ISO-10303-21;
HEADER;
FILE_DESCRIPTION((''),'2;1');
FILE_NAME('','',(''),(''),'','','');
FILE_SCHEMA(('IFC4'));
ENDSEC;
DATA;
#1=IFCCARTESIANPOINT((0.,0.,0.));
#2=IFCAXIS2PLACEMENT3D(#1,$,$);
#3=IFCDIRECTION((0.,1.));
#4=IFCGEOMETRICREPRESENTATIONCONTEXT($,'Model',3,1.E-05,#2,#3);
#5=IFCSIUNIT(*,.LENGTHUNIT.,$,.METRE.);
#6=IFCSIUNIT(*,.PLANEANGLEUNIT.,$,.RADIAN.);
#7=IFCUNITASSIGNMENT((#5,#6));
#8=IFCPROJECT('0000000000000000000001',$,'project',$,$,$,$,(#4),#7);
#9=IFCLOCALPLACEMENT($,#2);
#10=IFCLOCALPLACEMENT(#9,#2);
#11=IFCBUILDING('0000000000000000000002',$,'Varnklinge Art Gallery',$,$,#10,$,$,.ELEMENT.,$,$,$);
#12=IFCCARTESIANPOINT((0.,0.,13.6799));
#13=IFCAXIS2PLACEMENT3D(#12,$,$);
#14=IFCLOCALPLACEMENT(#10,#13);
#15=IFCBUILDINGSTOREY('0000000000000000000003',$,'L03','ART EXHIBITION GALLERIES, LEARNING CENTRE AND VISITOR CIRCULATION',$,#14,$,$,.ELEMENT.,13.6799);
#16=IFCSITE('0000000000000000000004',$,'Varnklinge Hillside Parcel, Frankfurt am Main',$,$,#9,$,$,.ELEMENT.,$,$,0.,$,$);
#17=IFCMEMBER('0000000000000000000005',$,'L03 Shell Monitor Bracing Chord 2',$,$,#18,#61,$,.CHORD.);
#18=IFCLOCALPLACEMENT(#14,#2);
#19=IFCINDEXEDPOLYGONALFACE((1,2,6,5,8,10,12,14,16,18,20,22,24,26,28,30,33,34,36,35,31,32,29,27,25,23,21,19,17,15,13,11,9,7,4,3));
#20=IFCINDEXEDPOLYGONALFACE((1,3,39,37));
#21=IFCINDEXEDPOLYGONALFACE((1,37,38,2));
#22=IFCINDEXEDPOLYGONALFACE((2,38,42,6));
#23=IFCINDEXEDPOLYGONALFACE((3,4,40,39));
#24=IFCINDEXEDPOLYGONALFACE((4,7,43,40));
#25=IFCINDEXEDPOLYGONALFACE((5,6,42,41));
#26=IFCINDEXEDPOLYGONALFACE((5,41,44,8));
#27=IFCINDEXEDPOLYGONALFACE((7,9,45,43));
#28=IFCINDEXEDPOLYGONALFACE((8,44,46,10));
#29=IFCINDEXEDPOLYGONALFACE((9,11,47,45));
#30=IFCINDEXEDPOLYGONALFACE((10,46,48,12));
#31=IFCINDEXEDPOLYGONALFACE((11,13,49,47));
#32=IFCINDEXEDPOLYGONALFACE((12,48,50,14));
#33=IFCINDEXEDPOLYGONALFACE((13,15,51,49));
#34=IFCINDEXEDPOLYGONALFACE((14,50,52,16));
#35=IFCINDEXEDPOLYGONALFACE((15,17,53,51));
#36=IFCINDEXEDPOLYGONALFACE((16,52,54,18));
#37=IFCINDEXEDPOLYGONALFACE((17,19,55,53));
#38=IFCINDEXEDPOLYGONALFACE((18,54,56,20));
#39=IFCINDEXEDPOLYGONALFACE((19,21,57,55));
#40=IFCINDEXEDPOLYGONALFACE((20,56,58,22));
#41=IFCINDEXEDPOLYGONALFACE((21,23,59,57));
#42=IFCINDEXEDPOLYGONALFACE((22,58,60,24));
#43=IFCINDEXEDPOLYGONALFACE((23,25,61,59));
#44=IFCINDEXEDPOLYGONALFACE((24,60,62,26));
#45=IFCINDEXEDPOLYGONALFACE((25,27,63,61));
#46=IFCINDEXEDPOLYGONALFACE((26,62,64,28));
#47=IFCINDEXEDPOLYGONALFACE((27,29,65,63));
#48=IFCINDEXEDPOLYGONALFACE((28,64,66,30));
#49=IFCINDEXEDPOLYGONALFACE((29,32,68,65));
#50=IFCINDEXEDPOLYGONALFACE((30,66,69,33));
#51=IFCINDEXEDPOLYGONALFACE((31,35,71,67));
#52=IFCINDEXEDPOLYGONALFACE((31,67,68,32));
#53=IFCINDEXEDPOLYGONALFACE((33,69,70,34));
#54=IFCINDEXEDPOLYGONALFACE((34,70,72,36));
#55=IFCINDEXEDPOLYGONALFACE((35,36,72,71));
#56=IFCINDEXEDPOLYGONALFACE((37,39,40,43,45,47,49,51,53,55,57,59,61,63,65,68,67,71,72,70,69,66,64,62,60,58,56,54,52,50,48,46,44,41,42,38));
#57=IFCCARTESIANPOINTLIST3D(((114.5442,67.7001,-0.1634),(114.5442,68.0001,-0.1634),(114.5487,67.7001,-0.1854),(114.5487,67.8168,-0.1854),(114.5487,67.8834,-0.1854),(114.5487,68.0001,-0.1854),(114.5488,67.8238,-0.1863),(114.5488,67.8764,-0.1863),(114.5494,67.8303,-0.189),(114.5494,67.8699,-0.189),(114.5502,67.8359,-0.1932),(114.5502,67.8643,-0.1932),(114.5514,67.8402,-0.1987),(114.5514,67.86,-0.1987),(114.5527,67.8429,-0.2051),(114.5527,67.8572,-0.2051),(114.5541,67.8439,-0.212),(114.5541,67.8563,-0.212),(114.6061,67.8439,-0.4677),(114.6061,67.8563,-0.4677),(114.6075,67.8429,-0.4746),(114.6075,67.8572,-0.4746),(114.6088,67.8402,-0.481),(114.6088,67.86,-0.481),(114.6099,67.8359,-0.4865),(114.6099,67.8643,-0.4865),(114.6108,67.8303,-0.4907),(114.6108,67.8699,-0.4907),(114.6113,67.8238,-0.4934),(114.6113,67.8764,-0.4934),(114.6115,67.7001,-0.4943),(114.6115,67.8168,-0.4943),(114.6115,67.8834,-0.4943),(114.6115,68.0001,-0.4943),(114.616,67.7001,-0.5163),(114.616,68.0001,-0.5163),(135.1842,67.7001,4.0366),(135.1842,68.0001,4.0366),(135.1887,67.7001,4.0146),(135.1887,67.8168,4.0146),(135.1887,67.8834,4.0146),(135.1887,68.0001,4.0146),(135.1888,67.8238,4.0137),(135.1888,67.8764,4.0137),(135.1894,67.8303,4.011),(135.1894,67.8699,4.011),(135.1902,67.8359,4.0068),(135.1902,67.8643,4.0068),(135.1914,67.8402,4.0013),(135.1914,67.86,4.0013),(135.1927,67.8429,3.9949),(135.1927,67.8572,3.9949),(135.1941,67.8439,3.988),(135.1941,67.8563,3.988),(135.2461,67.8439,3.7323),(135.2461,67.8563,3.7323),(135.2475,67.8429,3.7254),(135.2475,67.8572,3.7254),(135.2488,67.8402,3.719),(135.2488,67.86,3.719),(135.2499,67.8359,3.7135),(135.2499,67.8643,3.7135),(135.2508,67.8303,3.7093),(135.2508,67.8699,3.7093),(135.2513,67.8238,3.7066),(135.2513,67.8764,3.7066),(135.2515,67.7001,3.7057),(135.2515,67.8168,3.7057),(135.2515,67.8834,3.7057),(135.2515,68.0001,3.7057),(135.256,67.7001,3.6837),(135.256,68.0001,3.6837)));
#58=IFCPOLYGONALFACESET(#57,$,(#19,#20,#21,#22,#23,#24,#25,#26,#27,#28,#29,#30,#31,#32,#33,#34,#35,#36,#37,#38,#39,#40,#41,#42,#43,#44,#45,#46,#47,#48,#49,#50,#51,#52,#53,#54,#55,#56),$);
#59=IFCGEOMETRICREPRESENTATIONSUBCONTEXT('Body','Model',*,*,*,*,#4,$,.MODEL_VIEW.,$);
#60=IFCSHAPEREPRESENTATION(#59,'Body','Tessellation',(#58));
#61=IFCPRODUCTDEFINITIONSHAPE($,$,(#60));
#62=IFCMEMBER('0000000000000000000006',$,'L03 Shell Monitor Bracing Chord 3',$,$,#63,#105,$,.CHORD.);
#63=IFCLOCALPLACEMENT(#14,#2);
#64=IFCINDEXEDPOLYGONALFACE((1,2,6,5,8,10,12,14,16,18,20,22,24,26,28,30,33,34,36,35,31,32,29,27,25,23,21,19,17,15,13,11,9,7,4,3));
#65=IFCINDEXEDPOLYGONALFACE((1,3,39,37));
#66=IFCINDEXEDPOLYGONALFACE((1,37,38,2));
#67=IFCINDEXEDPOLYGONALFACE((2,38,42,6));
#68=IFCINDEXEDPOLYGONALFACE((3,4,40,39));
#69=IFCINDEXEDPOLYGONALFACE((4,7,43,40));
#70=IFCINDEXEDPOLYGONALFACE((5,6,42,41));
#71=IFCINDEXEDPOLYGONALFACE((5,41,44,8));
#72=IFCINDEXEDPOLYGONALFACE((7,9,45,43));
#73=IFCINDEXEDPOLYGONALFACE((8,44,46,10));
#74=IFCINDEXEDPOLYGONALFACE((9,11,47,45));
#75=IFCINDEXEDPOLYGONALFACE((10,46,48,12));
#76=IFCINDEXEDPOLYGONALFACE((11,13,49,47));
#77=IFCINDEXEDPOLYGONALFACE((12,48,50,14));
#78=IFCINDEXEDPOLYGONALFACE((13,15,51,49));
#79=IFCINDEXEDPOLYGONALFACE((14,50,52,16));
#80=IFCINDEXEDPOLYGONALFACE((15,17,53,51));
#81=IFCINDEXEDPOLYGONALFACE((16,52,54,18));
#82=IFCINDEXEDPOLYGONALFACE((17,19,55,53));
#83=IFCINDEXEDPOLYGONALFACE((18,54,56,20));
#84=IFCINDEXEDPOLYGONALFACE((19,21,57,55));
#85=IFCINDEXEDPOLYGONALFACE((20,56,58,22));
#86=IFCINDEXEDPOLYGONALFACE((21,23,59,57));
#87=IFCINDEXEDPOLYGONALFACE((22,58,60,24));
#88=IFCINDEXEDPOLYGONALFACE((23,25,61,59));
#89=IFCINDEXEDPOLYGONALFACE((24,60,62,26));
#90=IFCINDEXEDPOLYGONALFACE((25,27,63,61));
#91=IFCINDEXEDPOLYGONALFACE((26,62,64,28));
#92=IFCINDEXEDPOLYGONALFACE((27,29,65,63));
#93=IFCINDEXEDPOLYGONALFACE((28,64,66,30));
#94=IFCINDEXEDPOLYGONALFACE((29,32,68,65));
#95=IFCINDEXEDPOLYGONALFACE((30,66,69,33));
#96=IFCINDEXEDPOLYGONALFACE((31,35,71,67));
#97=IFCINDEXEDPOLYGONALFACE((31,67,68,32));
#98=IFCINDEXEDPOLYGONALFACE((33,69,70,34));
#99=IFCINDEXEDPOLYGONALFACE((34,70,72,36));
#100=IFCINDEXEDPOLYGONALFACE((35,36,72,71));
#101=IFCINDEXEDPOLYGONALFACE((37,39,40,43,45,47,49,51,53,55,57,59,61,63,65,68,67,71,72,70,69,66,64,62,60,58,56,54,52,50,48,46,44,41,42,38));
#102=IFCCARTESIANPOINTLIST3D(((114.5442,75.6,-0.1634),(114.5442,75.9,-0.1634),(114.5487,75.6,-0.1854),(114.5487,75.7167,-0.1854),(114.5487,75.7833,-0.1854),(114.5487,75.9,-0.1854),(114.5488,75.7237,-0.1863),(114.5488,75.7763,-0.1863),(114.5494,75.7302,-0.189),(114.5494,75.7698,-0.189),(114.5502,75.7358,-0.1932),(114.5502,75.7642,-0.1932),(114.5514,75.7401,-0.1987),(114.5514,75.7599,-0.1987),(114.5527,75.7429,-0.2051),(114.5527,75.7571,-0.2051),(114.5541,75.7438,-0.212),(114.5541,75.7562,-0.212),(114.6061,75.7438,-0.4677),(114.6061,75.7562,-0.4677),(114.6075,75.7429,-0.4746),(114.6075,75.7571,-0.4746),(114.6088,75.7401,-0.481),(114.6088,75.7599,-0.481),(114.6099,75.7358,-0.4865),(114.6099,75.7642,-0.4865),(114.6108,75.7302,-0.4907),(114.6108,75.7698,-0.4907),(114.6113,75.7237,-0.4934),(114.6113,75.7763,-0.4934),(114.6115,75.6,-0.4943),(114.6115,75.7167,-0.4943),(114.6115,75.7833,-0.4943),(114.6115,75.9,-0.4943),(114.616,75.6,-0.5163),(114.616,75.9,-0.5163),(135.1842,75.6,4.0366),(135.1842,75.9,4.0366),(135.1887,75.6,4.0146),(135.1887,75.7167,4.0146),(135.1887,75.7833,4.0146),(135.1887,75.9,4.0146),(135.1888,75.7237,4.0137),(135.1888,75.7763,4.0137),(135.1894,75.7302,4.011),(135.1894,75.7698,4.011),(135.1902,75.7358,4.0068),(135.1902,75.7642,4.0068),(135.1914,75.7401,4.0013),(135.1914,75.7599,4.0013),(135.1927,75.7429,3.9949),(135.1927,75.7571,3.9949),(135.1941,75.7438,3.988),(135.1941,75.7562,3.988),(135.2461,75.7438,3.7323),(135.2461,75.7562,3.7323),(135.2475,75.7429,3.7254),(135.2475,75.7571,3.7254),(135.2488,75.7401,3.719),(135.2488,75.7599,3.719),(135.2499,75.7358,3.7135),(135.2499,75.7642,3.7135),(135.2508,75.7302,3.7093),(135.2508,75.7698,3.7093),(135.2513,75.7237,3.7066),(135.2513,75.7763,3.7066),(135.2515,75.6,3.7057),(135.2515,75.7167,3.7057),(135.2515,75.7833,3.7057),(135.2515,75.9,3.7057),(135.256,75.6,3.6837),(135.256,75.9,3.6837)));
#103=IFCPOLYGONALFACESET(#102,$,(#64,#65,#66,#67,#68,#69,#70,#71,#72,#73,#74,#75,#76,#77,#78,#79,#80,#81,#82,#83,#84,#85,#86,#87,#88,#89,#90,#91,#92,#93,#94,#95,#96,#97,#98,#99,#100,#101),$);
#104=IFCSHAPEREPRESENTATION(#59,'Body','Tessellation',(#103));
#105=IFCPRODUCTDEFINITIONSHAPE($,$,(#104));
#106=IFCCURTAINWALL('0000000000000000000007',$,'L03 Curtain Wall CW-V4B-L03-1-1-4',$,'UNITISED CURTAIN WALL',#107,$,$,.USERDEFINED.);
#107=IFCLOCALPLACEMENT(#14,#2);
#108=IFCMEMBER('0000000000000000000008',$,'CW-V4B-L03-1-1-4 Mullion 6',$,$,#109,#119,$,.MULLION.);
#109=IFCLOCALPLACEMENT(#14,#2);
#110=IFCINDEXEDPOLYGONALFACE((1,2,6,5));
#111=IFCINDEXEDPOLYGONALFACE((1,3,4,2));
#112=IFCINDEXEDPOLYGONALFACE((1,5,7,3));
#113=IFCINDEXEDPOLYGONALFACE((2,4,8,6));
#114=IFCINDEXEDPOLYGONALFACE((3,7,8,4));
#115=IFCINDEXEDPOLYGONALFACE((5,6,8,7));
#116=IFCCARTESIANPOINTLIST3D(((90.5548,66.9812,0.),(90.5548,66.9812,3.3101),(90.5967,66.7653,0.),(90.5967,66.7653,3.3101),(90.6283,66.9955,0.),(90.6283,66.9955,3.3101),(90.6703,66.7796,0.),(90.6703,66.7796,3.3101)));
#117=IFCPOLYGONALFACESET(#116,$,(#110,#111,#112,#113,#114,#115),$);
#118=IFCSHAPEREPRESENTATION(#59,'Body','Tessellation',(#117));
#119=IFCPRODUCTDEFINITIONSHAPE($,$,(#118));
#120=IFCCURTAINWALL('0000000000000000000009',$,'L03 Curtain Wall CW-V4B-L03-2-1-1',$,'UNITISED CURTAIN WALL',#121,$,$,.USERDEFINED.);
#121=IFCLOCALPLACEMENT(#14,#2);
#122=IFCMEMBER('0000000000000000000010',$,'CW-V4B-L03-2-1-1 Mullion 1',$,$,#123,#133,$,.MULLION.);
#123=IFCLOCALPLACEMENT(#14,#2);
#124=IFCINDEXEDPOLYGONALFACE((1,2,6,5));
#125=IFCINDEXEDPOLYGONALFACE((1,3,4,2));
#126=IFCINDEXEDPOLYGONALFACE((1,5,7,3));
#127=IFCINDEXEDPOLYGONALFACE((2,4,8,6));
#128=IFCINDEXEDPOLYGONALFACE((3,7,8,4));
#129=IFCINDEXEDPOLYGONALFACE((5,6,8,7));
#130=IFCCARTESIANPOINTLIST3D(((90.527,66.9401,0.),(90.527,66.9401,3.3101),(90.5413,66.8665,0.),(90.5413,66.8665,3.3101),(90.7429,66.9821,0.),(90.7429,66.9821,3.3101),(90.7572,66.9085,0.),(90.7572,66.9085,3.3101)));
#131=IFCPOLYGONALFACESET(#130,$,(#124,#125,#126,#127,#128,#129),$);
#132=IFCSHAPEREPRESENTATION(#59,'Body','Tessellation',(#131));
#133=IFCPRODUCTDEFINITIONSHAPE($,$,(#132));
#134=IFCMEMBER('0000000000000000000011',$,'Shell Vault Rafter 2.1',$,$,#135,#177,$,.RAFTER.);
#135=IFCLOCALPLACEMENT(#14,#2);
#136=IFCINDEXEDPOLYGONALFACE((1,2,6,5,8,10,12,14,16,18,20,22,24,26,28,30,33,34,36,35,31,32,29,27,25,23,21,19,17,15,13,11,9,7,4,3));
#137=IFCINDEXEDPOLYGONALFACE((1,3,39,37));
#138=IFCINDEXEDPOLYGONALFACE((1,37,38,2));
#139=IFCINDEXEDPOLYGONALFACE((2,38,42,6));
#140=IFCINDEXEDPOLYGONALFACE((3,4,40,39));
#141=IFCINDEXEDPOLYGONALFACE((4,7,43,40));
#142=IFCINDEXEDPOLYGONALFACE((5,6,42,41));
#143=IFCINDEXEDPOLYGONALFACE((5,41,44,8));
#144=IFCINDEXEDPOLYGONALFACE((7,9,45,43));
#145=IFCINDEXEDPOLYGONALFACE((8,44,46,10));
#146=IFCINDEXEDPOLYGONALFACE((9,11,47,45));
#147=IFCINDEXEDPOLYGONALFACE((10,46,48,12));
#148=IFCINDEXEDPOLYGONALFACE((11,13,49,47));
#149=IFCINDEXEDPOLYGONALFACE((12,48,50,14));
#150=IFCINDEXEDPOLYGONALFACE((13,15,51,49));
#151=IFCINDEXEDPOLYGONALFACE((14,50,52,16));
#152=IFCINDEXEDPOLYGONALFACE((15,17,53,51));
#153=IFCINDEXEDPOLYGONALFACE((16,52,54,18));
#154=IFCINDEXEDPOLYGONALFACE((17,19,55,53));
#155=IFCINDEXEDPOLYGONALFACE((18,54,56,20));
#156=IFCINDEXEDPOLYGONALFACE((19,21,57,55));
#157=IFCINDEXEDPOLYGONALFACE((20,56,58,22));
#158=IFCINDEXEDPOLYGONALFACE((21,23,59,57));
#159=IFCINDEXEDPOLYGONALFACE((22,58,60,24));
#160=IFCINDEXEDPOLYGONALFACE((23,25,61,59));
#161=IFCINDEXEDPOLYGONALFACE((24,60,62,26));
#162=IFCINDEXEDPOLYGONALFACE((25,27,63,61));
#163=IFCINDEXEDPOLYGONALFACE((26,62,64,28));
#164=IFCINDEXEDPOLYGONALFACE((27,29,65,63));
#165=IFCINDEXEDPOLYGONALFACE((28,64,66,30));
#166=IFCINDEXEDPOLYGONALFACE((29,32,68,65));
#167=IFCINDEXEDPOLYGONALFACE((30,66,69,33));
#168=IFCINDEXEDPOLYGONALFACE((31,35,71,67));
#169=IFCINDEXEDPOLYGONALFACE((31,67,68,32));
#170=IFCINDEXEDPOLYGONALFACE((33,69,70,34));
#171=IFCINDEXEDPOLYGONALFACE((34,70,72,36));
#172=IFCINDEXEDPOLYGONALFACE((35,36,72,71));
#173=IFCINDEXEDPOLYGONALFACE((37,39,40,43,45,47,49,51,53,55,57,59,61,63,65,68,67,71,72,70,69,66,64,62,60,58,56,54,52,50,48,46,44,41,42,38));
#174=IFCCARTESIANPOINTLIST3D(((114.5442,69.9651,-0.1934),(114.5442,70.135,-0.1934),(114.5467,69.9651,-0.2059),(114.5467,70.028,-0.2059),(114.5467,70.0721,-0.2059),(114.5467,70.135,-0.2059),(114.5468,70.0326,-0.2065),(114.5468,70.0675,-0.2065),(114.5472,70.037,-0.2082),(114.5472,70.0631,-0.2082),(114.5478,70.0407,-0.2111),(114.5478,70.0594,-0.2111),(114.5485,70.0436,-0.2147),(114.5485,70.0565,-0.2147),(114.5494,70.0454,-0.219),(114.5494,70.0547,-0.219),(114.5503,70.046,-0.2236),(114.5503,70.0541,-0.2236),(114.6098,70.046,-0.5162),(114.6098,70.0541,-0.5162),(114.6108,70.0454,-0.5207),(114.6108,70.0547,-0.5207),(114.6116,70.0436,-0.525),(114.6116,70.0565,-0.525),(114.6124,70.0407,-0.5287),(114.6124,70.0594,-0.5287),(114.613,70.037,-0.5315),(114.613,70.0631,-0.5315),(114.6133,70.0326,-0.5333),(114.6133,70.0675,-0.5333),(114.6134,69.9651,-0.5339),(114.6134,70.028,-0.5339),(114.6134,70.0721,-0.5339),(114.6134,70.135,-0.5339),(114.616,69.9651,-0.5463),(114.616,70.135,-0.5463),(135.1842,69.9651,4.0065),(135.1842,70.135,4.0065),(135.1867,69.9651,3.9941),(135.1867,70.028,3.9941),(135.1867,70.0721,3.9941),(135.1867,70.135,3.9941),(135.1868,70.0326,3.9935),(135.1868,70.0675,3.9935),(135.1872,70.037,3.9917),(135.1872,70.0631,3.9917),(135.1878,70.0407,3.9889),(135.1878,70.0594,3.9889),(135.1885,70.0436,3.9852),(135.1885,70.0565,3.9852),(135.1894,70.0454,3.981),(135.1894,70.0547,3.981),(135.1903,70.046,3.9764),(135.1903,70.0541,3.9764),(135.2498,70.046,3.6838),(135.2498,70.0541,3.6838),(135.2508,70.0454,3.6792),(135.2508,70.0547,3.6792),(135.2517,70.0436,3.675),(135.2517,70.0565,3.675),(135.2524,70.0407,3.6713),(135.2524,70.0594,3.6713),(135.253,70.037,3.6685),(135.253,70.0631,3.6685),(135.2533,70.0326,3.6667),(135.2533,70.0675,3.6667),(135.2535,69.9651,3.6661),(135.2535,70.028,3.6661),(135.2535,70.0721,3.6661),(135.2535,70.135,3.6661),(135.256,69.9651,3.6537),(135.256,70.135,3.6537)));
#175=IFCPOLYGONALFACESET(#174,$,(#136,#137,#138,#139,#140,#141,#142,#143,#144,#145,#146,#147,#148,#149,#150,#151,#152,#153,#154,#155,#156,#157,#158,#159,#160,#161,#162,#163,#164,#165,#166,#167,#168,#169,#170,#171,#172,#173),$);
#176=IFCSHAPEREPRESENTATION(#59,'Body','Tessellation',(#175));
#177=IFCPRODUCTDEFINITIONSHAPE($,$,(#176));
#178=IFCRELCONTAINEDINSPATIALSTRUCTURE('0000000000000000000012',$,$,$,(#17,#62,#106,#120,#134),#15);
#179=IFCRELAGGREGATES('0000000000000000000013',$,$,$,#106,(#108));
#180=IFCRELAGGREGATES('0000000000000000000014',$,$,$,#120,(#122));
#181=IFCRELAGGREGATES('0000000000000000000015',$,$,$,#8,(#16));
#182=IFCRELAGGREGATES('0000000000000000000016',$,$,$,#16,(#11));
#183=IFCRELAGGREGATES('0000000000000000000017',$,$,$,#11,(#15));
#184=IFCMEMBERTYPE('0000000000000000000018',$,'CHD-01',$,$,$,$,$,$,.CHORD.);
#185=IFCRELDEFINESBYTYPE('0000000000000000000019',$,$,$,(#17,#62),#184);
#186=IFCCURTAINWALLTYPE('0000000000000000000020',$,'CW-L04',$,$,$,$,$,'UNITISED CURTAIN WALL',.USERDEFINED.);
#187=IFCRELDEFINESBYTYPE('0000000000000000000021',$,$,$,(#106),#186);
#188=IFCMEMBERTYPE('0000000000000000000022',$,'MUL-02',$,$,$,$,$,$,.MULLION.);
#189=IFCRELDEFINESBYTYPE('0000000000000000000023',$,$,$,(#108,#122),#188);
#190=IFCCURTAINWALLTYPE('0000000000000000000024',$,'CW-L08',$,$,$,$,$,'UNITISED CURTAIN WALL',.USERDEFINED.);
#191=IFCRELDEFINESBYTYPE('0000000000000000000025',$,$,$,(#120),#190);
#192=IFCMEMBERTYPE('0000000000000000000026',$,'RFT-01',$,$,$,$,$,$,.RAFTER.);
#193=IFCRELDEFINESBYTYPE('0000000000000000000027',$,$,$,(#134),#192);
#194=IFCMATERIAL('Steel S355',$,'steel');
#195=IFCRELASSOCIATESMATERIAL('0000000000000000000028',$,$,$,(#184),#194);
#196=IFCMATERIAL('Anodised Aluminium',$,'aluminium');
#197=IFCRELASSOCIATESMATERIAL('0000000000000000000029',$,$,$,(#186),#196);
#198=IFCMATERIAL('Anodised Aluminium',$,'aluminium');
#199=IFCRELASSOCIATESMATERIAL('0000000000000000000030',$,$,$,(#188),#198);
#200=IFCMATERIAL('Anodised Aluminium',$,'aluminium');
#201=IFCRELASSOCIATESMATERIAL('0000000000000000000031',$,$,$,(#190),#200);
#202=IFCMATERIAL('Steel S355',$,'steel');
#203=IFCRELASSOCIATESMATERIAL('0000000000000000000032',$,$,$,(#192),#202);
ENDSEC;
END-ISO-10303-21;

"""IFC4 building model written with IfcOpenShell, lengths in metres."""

from ifc_helpers import new_model, si_unit, direction, frame, origin, origin_2d, place, context, subcontext, project, spatial, rectangle, i_section, extrude, material, material_profile, profile_set, type_object, element, aggregate, save


model = new_model("IFC4")

# Units and contexts
model_context = context("Model", 3, precision=1e-05, world=origin(), true_north=direction((0.0, 1.0)))
body_context = subcontext(model_context, "Body", "Model", "MODEL_VIEW")
ifc_project = project(units=[si_unit("LENGTHUNIT", "METRE"), si_unit("PLANEANGLEUNIT", "RADIAN")], contexts=[model_context])

# Site, building, storey
site_placement = place(None, origin())
site = spatial("IfcSite", under=ifc_project, at=site_placement, Name="Varnklinge Hillside Parcel, Frankfurt am Main", CompositionType="ELEMENT", RefElevation=0.0)
building_placement = place(site_placement, origin())
building = spatial("IfcBuilding", under=site, at=building_placement, Name="Varnklinge Art Gallery", CompositionType="ELEMENT")
storey_placement = place(building_placement, frame((0.0, 0.0, 13.6799)))
storey = spatial("IfcBuildingStorey", under=building, at=storey_placement, Name="L03", Description="ART EXHIBITION GALLERIES, LEARNING CENTRE AND VISITOR CIRCULATION", CompositionType="ELEMENT", Elevation=13.6799)

# Members
ifc_material_1 = material(Name="Steel S355", Category="steel")
ifc_material_profile_1 = material_profile(ifc_material_1, i_section(OverallWidth=0.3, OverallDepth=0.3601, WebThickness=0.0125, FlangeThickness=0.0225, FilletRadius=0.0271, at=origin_2d()), Name="HEB 360")
ifc_profile_set_1 = profile_set([ifc_material_profile_1], Name="Steel S355")
member_type_1 = type_object("IfcMemberType", Name="CHD-01", PredefinedType="CHORD", material=ifc_profile_set_1)
for number, where, z_axis, x_axis, name in (
    (1, (114.5801, 67.8501, -0.3398), (0.979918, 0.0, 0.199401), (0.0, 1.0, 0.0), "L03 Shell Monitor Bracing Chord 2"),
    (2, (114.5801, 75.75, -0.3398), (0.979918, 0.0, 0.199401), (0.0, 1.0, 0.0), "L03 Shell Monitor Bracing Chord 3"),
):
    element("IfcMember", number, at=place(storey_placement, frame(where, z_axis=z_axis, x_axis=x_axis)), inside=storey, type_object=member_type_1, Name=name, PredefinedType="CHORD", context=body_context, shape_type="SweptSolid", body=[
        extrude(i_section(OverallWidth=0.3, OverallDepth=0.3601, WebThickness=0.0125, FlangeThickness=0.0225, FilletRadius=0.0271, at=origin_2d()), origin(), (0.0, 0.0, 1.0), 21.063),
    ])

# Curtain walls, members
ifc_material_2 = material(Name="Anodised Aluminium", Category="aluminium")
curtain_wall_type_1 = type_object("IfcCurtainWallType", Name="CW-L04", ElementType="UNITISED CURTAIN WALL", PredefinedType="USERDEFINED", material=ifc_material_2)
curtain_wall_1_placement = place(storey_placement, origin())
curtain_wall_1 = element("IfcCurtainWall", 3, at=curtain_wall_1_placement, inside=storey, type_object=curtain_wall_type_1, Name="L03 Curtain Wall CW-V4B-L03-1-1-4", ObjectType="UNITISED CURTAIN WALL", PredefinedType="USERDEFINED")
ifc_material_3 = material(Name="Anodised Aluminium", Category="aluminium")
ifc_material_profile_2 = material_profile(ifc_material_3, rectangle(XDim=0.075, YDim=0.22, at=origin_2d()), Name="ALU 75x220")
ifc_profile_set_2 = profile_set([ifc_material_profile_2], Name="Anodised Aluminium")
member_type_2 = type_object("IfcMemberType", Name="MUL-02", PredefinedType="MULLION", material=ifc_profile_set_2)
member_1_placement = place(storey_placement, frame((90.6125, 66.8804, 0.0), z_axis=(0.0, 0.0, 1.0), x_axis=(0.981627, 0.190809, 0.0)))
member_1 = element("IfcMember", 4, at=member_1_placement, type_object=member_type_2, Name="CW-V4B-L03-1-1-4 Mullion 6", PredefinedType="MULLION", context=body_context, shape_type="SweptSolid", body=[
    extrude(rectangle(XDim=0.075, YDim=0.22, at=origin_2d()), origin(), (0.0, 0.0, 1.0), 3.3101),
])
aggregate(curtain_wall_1, [member_1])
ifc_material_4 = material(Name="Anodised Aluminium", Category="aluminium")
curtain_wall_type_2 = type_object("IfcCurtainWallType", Name="CW-L08", ElementType="UNITISED CURTAIN WALL", PredefinedType="USERDEFINED", material=ifc_material_4)
curtain_wall_2_placement = place(storey_placement, origin())
curtain_wall_2 = element("IfcCurtainWall", 5, at=curtain_wall_2_placement, inside=storey, type_object=curtain_wall_type_2, Name="L03 Curtain Wall CW-V4B-L03-2-1-1", ObjectType="UNITISED CURTAIN WALL", PredefinedType="USERDEFINED")
member_2_placement = place(storey_placement, frame((90.6421, 66.9243, 0.0), z_axis=(0.0, 0.0, 1.0), x_axis=(-0.190809, 0.981627, 0.0)))
member_2 = element("IfcMember", 6, at=member_2_placement, type_object=member_type_2, Name="CW-V4B-L03-2-1-1 Mullion 1", PredefinedType="MULLION", context=body_context, shape_type="SweptSolid", body=[
    extrude(rectangle(XDim=0.075, YDim=0.22, at=origin_2d()), origin(), (0.0, 0.0, 1.0), 3.3101),
])

# Member
ifc_material_5 = material(Name="Steel S355", Category="steel")
ifc_material_profile_3 = material_profile(ifc_material_5, i_section(OverallWidth=0.1699, OverallDepth=0.3601, WebThickness=0.0081, FlangeThickness=0.0127, FilletRadius=0.0181, at=origin_2d()), Name="IPE 360")
ifc_profile_set_3 = profile_set([ifc_material_profile_3], Name="Steel S355")
member_type_3 = type_object("IfcMemberType", Name="RFT-01", PredefinedType="RAFTER", material=ifc_profile_set_3)
for number, where, z_axis, x_axis, name in (
    (7, (114.5801, 70.05, -0.3699), (0.979918, 0.0, 0.199401), (0.0, 1.0, 0.0), "Shell Vault Rafter 2.1"),
):
    element("IfcMember", number, at=place(storey_placement, frame(where, z_axis=z_axis, x_axis=x_axis)), inside=storey, type_object=member_type_3, Name=name, PredefinedType="RAFTER", context=body_context, shape_type="SweptSolid", body=[
        extrude(i_section(OverallWidth=0.1699, OverallDepth=0.3601, WebThickness=0.0081, FlangeThickness=0.0127, FilletRadius=0.0181, at=origin_2d()), origin(), (0.0, 0.0, 1.0), 21.063),
    ])

aggregate(curtain_wall_2, [member_2])

save(model, "model.ifc")
